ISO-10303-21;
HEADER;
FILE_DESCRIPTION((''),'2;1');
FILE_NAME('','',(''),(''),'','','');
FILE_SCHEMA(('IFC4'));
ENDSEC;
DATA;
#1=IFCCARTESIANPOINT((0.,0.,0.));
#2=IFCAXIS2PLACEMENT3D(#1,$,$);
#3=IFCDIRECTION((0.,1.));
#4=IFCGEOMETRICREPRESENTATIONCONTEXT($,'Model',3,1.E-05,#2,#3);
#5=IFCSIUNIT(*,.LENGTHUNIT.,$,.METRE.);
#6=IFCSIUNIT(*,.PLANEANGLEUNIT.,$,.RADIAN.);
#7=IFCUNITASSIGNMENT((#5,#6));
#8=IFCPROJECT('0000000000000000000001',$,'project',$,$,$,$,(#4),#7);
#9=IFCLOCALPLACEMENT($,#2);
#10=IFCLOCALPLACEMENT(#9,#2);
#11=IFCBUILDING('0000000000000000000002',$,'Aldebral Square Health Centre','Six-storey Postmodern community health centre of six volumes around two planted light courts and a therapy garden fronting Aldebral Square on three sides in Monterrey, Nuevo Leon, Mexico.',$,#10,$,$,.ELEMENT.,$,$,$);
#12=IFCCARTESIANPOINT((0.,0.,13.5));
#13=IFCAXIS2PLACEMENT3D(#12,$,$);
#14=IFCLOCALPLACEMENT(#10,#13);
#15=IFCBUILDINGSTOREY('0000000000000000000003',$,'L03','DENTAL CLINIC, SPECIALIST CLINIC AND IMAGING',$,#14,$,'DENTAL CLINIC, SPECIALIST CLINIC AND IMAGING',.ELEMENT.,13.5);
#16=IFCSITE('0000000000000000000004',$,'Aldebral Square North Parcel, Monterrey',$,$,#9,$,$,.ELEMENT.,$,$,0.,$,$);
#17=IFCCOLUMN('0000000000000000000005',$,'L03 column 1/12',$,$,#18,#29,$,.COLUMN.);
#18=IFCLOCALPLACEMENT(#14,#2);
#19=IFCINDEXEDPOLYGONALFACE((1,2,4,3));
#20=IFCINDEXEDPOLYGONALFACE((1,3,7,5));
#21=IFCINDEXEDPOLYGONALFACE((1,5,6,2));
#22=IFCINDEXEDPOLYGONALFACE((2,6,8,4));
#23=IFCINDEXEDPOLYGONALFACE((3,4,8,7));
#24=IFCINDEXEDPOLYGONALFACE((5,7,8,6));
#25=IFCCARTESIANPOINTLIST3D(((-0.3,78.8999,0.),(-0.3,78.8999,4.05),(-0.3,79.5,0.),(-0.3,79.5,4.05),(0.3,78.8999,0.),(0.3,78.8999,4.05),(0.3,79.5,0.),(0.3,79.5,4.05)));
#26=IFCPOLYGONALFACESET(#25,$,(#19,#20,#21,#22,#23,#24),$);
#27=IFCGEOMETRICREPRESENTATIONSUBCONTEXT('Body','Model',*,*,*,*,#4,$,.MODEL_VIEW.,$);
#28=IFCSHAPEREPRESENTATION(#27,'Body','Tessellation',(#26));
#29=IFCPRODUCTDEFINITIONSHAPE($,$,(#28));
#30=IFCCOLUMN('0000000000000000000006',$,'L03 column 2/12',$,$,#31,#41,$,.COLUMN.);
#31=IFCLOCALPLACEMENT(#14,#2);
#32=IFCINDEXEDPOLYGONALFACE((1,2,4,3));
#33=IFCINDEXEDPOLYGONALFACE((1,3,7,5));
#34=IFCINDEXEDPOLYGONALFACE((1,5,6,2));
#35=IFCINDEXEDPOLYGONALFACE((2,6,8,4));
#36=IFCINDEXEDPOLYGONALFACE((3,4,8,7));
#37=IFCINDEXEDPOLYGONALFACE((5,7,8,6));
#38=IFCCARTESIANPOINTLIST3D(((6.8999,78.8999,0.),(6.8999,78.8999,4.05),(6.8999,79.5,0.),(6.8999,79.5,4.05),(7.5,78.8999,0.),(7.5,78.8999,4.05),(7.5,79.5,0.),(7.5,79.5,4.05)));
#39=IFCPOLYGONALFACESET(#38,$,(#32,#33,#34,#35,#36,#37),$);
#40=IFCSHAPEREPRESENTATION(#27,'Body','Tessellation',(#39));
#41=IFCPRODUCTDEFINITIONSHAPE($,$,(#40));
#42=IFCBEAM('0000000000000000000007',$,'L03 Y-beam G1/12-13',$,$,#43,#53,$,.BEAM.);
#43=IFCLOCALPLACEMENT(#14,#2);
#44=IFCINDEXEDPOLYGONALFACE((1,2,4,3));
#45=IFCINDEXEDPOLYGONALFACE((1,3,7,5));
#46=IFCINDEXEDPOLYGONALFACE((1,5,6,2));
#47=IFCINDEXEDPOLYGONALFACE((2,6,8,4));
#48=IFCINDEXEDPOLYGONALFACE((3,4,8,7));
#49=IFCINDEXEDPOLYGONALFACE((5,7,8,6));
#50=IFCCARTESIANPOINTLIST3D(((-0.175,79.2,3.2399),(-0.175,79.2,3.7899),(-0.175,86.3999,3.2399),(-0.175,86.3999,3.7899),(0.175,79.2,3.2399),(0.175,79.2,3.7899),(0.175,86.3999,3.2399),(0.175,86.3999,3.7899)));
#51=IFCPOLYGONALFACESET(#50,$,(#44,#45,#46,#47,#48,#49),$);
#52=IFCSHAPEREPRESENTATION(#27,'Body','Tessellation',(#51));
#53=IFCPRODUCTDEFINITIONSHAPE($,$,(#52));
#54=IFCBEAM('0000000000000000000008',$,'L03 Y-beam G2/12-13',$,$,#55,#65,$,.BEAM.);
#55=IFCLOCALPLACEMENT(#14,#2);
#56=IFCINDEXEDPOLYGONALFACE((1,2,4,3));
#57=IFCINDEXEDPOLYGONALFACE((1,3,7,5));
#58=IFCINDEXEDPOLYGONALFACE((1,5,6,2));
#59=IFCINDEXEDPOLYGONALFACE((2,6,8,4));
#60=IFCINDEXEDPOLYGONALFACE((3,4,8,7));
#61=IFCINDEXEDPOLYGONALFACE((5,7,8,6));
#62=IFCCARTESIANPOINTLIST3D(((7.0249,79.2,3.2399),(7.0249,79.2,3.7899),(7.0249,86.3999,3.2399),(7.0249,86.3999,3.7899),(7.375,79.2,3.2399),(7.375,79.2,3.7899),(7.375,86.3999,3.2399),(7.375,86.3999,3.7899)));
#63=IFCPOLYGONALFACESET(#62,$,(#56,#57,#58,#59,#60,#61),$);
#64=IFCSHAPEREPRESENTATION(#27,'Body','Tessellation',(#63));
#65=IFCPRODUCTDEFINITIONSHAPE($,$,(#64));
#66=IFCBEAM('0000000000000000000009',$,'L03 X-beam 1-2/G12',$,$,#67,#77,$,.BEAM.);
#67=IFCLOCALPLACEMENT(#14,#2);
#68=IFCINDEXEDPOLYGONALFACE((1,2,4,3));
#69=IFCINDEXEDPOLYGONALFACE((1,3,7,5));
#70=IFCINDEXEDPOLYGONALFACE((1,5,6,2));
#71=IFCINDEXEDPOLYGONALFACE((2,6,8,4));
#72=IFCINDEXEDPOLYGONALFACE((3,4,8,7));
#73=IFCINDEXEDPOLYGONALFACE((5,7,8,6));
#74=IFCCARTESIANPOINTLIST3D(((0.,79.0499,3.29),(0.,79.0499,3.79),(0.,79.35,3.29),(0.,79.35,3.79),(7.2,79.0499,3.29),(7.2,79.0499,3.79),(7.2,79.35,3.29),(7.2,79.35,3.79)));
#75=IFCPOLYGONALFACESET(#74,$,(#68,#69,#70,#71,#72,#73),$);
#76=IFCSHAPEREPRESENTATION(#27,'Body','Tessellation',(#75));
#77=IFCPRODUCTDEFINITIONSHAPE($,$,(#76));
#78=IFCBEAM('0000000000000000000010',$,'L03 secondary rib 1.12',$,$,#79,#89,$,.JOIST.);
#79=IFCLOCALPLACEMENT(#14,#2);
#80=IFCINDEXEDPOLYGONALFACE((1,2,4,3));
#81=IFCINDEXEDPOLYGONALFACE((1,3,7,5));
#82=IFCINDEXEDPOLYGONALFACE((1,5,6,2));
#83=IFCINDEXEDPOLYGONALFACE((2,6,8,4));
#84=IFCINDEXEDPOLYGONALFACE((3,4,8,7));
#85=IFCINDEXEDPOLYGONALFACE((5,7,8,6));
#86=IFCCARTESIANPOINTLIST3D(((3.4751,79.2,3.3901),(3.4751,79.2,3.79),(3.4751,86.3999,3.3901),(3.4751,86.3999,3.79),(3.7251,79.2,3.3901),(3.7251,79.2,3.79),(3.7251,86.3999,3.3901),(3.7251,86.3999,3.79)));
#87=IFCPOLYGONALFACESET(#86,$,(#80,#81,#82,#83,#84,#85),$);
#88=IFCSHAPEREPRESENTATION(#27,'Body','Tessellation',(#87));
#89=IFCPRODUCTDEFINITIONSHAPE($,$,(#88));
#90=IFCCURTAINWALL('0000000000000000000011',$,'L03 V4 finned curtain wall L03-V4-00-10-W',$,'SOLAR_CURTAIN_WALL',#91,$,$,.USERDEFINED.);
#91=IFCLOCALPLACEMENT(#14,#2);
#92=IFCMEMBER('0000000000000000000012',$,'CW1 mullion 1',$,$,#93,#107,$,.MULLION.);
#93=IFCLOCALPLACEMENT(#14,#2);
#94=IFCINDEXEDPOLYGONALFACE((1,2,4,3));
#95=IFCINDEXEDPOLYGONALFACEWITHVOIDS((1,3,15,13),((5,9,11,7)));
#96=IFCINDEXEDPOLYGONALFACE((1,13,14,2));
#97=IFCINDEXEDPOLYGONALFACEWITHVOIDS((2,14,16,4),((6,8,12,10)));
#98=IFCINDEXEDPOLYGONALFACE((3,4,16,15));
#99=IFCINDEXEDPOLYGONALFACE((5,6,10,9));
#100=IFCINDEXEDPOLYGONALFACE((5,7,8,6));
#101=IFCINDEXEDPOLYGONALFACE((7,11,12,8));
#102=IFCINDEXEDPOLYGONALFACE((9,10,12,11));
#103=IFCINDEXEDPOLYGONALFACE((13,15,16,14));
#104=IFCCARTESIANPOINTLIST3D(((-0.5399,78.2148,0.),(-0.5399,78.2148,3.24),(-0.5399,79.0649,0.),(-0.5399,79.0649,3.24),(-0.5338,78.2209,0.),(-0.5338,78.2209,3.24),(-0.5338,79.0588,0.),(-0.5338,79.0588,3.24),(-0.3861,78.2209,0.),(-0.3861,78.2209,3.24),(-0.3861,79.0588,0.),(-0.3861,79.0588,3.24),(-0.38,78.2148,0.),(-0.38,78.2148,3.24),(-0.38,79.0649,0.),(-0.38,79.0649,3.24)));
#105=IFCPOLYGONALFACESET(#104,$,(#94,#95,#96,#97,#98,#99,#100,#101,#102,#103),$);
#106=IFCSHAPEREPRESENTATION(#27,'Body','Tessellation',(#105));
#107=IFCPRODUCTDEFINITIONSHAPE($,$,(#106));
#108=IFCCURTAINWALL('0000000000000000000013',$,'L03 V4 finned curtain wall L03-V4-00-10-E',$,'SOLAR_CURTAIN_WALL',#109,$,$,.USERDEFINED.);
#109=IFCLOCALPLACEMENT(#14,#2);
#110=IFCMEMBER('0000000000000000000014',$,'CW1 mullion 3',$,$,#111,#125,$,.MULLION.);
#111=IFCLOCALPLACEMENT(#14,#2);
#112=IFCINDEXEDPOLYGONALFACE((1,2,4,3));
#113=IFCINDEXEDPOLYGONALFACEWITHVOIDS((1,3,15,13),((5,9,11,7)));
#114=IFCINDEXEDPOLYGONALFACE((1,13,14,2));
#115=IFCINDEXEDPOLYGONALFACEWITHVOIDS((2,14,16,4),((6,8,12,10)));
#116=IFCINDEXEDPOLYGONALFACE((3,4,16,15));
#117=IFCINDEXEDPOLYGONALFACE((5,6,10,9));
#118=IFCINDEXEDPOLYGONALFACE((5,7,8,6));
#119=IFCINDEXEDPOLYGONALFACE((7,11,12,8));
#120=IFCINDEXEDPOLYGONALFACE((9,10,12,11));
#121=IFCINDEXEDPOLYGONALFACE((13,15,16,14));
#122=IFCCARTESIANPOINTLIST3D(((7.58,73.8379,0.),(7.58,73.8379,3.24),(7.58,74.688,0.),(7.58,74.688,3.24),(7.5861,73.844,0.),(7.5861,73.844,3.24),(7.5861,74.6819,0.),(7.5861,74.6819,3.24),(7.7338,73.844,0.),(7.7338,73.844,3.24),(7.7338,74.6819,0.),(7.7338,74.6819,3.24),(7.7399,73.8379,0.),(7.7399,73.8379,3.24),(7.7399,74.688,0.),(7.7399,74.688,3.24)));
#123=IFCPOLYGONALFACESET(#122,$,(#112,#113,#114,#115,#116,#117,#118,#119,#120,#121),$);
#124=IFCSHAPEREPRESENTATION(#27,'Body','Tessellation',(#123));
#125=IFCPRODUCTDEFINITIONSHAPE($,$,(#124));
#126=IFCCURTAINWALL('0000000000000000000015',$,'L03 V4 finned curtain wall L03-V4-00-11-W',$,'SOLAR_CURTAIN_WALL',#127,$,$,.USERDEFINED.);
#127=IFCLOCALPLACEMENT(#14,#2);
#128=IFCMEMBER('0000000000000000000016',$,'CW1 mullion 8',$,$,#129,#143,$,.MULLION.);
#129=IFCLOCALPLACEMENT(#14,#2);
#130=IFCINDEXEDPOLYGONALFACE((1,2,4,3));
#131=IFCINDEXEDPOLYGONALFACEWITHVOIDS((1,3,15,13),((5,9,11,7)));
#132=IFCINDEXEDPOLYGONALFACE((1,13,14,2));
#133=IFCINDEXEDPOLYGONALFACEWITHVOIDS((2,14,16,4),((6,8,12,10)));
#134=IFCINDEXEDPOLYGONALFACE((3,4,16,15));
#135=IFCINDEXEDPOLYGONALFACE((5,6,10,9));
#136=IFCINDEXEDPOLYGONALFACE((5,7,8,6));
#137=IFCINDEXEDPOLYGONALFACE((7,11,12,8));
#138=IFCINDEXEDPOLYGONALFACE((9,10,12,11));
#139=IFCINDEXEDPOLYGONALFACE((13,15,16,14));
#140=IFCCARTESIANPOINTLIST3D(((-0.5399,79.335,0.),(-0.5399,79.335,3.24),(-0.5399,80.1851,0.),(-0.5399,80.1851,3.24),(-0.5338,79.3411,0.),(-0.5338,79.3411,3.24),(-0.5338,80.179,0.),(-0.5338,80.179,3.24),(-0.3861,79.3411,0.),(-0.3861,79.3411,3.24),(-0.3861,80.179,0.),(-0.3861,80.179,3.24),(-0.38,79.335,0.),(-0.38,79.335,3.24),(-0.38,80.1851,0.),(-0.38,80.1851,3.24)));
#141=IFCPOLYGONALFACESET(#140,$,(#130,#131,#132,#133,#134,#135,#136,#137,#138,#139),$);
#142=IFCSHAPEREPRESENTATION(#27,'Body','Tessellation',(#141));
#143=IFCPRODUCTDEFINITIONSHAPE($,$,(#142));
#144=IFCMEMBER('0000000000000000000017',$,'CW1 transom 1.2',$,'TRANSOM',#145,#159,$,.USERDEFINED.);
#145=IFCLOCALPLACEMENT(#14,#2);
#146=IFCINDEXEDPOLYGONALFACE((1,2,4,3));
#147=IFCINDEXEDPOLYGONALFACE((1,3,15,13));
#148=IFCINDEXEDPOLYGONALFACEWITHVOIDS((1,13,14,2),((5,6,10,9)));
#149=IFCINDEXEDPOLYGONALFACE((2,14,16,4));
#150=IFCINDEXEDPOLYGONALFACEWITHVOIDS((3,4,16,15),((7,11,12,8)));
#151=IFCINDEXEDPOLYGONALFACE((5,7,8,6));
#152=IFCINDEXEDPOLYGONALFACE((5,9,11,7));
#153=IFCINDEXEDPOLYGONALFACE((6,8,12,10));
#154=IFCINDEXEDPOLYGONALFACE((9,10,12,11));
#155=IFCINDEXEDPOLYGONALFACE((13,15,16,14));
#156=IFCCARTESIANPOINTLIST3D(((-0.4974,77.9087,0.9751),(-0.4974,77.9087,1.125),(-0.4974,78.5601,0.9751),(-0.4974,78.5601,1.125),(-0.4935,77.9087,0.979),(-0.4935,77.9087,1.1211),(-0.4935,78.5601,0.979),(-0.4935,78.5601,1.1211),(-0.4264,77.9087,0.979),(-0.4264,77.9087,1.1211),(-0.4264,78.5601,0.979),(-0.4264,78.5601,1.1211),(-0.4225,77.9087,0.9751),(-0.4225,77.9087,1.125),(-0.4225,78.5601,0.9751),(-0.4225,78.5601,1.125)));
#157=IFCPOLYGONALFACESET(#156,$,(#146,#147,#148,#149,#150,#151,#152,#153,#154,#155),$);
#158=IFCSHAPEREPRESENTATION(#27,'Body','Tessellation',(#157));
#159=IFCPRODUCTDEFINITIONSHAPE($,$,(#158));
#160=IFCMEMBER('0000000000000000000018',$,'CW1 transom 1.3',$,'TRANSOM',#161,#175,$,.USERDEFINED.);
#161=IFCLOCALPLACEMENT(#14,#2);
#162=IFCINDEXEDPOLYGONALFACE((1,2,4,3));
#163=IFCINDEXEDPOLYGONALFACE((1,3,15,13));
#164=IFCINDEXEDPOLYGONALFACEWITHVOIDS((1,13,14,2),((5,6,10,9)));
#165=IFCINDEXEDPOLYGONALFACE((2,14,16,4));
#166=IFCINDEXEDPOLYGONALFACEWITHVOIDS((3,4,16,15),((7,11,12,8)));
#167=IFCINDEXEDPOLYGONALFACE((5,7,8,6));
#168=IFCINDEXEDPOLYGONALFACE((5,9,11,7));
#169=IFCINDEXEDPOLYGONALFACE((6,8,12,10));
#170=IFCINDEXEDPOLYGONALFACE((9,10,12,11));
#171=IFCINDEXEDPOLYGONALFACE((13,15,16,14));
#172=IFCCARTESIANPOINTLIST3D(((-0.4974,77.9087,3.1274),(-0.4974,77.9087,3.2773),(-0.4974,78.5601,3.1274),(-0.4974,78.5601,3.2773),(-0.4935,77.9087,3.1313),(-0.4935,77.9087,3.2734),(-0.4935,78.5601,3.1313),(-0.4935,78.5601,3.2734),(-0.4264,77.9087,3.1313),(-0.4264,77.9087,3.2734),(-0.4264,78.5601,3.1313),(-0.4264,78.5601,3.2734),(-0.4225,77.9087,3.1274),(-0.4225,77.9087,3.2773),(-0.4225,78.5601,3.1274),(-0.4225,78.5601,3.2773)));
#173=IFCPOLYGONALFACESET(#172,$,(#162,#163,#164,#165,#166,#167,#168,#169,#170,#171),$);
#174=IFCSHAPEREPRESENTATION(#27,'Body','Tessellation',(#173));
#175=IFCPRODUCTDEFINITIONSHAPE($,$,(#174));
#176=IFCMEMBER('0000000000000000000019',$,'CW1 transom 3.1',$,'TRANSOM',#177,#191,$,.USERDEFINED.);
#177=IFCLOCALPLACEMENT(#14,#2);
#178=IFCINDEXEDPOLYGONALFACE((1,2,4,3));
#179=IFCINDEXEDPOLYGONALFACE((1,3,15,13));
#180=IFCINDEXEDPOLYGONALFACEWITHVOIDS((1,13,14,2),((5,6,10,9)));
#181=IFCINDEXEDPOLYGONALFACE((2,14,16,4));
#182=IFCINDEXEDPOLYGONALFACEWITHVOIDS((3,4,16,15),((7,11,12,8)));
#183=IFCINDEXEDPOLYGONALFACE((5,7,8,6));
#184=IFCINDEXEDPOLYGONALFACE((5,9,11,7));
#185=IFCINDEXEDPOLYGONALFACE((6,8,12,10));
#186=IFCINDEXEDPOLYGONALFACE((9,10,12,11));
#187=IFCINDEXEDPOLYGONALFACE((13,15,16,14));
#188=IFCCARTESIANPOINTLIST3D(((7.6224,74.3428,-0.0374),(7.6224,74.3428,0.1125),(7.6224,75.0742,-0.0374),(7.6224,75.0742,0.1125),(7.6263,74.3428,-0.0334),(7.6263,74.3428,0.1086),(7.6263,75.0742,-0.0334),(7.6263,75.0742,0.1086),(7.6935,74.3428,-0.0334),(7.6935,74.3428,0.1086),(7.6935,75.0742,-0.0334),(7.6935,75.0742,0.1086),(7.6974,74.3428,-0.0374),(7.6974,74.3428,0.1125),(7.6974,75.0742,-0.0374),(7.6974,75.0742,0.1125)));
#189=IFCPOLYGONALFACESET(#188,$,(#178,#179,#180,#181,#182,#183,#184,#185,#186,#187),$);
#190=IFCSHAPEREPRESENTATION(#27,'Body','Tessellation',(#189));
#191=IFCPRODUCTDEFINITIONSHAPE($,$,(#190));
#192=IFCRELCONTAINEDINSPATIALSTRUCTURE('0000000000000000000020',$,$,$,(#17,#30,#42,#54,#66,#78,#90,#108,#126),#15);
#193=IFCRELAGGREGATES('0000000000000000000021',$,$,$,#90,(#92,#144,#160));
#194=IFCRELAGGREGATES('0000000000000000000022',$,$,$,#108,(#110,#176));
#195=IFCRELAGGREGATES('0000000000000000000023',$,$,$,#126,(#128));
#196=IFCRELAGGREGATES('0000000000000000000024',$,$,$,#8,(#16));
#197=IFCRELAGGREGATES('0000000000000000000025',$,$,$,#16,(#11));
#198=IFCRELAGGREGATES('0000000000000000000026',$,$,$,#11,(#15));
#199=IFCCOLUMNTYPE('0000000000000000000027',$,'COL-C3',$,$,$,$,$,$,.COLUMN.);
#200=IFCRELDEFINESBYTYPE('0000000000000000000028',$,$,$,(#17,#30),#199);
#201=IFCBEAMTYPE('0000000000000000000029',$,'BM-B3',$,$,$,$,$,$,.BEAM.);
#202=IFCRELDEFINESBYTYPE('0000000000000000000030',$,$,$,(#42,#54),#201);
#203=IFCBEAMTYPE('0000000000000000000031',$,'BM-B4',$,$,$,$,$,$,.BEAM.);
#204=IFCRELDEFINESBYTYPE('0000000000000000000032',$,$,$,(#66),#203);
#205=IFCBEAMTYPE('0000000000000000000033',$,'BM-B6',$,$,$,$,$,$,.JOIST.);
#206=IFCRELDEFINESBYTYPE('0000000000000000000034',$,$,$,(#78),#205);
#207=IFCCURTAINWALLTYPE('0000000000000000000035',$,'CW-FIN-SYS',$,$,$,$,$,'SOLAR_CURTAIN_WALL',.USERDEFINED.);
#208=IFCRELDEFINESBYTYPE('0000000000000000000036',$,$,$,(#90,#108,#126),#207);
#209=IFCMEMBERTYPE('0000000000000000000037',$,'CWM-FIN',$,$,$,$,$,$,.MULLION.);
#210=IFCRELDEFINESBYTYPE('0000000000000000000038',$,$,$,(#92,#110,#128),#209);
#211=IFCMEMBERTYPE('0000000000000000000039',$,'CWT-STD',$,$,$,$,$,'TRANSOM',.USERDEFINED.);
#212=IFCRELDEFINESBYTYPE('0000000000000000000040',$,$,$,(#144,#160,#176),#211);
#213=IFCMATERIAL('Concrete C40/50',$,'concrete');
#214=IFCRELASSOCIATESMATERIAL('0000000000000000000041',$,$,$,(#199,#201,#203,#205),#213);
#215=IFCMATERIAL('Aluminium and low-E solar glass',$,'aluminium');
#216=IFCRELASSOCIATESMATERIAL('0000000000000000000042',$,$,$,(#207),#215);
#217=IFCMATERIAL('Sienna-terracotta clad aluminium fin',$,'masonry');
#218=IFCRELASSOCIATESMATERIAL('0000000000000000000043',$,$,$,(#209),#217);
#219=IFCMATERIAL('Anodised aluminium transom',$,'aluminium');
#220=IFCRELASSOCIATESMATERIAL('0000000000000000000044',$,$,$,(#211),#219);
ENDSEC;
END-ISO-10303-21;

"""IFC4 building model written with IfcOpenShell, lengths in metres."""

from ifc_helpers import new_model, si_unit, direction, frame, origin, origin_2d, place, context, subcontext, project, spatial, rectangle, hollow_rectangle, extrude, material, material_profile, profile_set, type_object, element, aggregate, save


model = new_model("IFC4")

# Units and contexts
model_context = context("Model", 3, precision=1e-05, world=origin(), true_north=direction((0.0, 1.0)))
body_context = subcontext(model_context, "Body", "Model", "MODEL_VIEW")
ifc_project = project(units=[si_unit("LENGTHUNIT", "METRE"), si_unit("PLANEANGLEUNIT", "RADIAN")], contexts=[model_context])

# Site, building, storey
site_placement = place(None, origin())
site = spatial("IfcSite", under=ifc_project, at=site_placement, Name="Aldebral Square North Parcel, Monterrey", CompositionType="ELEMENT", RefElevation=0.0)
building_placement = place(site_placement, origin())
building = spatial("IfcBuilding", under=site, at=building_placement, Name="Aldebral Square Health Centre", Description="Six-storey Postmodern community health centre of six volumes around two planted light courts and a therapy garden fronting Aldebral Square on three sides in Monterrey, Nuevo Leon, Mexico.", CompositionType="ELEMENT")
storey_placement = place(building_placement, frame((0.0, 0.0, 13.5)))
storey = spatial("IfcBuildingStorey", under=building, at=storey_placement, Name="L03", Description="DENTAL CLINIC, SPECIALIST CLINIC AND IMAGING", LongName="DENTAL CLINIC, SPECIALIST CLINIC AND IMAGING", CompositionType="ELEMENT", Elevation=13.5)

# Columns
ifc_material_1 = material(Name="Concrete C40/50", Category="concrete")
ifc_material_profile_1 = material_profile(ifc_material_1, rectangle(XDim=0.6001, YDim=0.6001, at=origin_2d()), Name="RC 600x600")
ifc_profile_set_1 = profile_set([ifc_material_profile_1], Name="Concrete C40/50")
column_type = type_object("IfcColumnType", Name="COL-C3", PredefinedType="COLUMN", material=ifc_profile_set_1)
for number, where, z_axis, x_axis, name in (
    (1, (0.0, 79.2, 0.0), (0.0, 0.0, 1.0), (1.0, 0.0, 0.0), "L03 column 1/12"),
    (2, (7.2, 79.2, 0.0), (0.0, 0.0, 1.0), (1.0, 0.0, 0.0), "L03 column 2/12"),
):
    element("IfcColumn", number, at=place(storey_placement, frame(where, z_axis=z_axis, x_axis=x_axis)), inside=storey, type_object=column_type, Name=name, PredefinedType="COLUMN", context=body_context, shape_type="SweptSolid", body=[
        extrude(rectangle(XDim=0.6001, YDim=0.6001, at=origin_2d()), origin(), (0.0, 0.0, 1.0), 4.05),
    ])

# Beams
ifc_material_profile_2 = material_profile(ifc_material_1, rectangle(XDim=0.3501, YDim=0.55, at=origin_2d()), Name="RC 350x550")
ifc_profile_set_2 = profile_set([ifc_material_profile_2], Name="Concrete C40/50")
beam_type_1 = type_object("IfcBeamType", Name="BM-B3", PredefinedType="BEAM", material=ifc_profile_set_2)
for number, where, z_axis, x_axis, name in (
    (3, (0.0, 79.2, 3.5149), (0.0, 1.0, 0.0), (-1.0, 0.0, 0.0), "L03 Y-beam G1/12-13"),
    (4, (7.2, 79.2, 3.5149), (0.0, 1.0, 0.0), (-1.0, 0.0, 0.0), "L03 Y-beam G2/12-13"),
):
    element("IfcBeam", number, at=place(storey_placement, frame(where, z_axis=z_axis, x_axis=x_axis)), inside=storey, type_object=beam_type_1, Name=name, PredefinedType="BEAM", context=body_context, shape_type="SweptSolid", body=[
        extrude(rectangle(XDim=0.3501, YDim=0.55, at=origin_2d()), origin(), (0.0, 0.0, 1.0), 7.2),
    ])
ifc_material_profile_3 = material_profile(ifc_material_1, rectangle(XDim=0.3, YDim=0.5, at=origin_2d()), Name="RC 300x500")
ifc_profile_set_3 = profile_set([ifc_material_profile_3], Name="Concrete C40/50")
beam_type_2 = type_object("IfcBeamType", Name="BM-B4", PredefinedType="BEAM", material=ifc_profile_set_3)
beam_1_placement = place(storey_placement, frame((0.0, 79.2, 3.54), z_axis=(1.0, 0.0, 0.0), x_axis=(0.0, 1.0, 0.0)))
element("IfcBeam", 5, at=beam_1_placement, inside=storey, type_object=beam_type_2, Name="L03 X-beam 1-2/G12", PredefinedType="BEAM", context=body_context, shape_type="SweptSolid", body=[
    extrude(rectangle(XDim=0.3, YDim=0.5, at=origin_2d()), origin(), (0.0, 0.0, 1.0), 7.2),
])
ifc_material_profile_4 = material_profile(ifc_material_1, rectangle(XDim=0.25, YDim=0.3999, at=origin_2d()), Name="RC 250x400")
ifc_profile_set_4 = profile_set([ifc_material_profile_4], Name="Concrete C40/50")
beam_type_3 = type_object("IfcBeamType", Name="BM-B6", PredefinedType="JOIST", material=ifc_profile_set_4)
beam_2_placement = place(storey_placement, frame((3.6001, 79.2, 3.5901), z_axis=(0.0, 1.0, 0.0), x_axis=(-1.0, 0.0, 0.0)))
element("IfcBeam", 6, at=beam_2_placement, inside=storey, type_object=beam_type_3, Name="L03 secondary rib 1.12", PredefinedType="JOIST", context=body_context, shape_type="SweptSolid", body=[
    extrude(rectangle(XDim=0.25, YDim=0.3999, at=origin_2d()), origin(), (0.0, 0.0, 1.0), 7.2),
])

# Curtain walls, members
ifc_material_2 = material(Name="Aluminium and low-E solar glass", Category="aluminium")
curtain_wall_type = type_object("IfcCurtainWallType", Name="CW-FIN-SYS", ElementType="SOLAR_CURTAIN_WALL", PredefinedType="USERDEFINED", material=ifc_material_2)
curtain_wall_1_placement = place(storey_placement, origin())
curtain_wall_1 = element("IfcCurtainWall", 7, at=curtain_wall_1_placement, inside=storey, type_object=curtain_wall_type, Name="L03 V4 finned curtain wall L03-V4-00-10-W", ObjectType="SOLAR_CURTAIN_WALL", PredefinedType="USERDEFINED")
ifc_material_3 = material(Name="Sienna-terracotta clad aluminium fin", Category="masonry")
ifc_material_profile_5 = material_profile(ifc_material_3, hollow_rectangle(XDim=0.1599, YDim=0.8501, WallThickness=0.0061, at=origin_2d()), Name="FIN 160x850x6")
ifc_profile_set_5 = profile_set([ifc_material_profile_5], Name="Sienna-terracotta clad aluminium fin")
member_type_1 = type_object("IfcMemberType", Name="CWM-FIN", PredefinedType="MULLION", material=ifc_profile_set_5)
member_1_placement = place(storey_placement, frame((-0.46, 78.6399, 0.0), z_axis=(0.0, 0.0, 1.0), x_axis=(1.0, 0.0, 0.0)))
member_1 = element("IfcMember", 8, at=member_1_placement, type_object=member_type_1, Name="CW1 mullion 1", PredefinedType="MULLION", context=body_context, shape_type="SweptSolid", body=[
    extrude(hollow_rectangle(XDim=0.1599, YDim=0.8501, WallThickness=0.0061, at=origin_2d()), origin(), (0.0, 0.0, 1.0), 3.24),
])
curtain_wall_2_placement = place(storey_placement, origin())
curtain_wall_2 = element("IfcCurtainWall", 9, at=curtain_wall_2_placement, inside=storey, type_object=curtain_wall_type, Name="L03 V4 finned curtain wall L03-V4-00-10-E", ObjectType="SOLAR_CURTAIN_WALL", PredefinedType="USERDEFINED")
member_2_placement = place(storey_placement, frame((7.6599, 74.2629, 0.0), z_axis=(0.0, 0.0, 1.0), x_axis=(-1.0, 0.0, 0.0)))
member_2 = element("IfcMember", 10, at=member_2_placement, type_object=member_type_1, Name="CW1 mullion 3", PredefinedType="MULLION", context=body_context, shape_type="SweptSolid", body=[
    extrude(hollow_rectangle(XDim=0.1599, YDim=0.8501, WallThickness=0.0061, at=origin_2d()), origin(), (0.0, 0.0, 1.0), 3.24),
])
curtain_wall_3_placement = place(storey_placement, origin())
curtain_wall_3 = element("IfcCurtainWall", 11, at=curtain_wall_3_placement, inside=storey, type_object=curtain_wall_type, Name="L03 V4 finned curtain wall L03-V4-00-11-W", ObjectType="SOLAR_CURTAIN_WALL", PredefinedType="USERDEFINED")
member_3_placement = place(storey_placement, frame((-0.46, 79.76, 0.0), z_axis=(0.0, 0.0, 1.0), x_axis=(1.0, 0.0, 0.0)))
member_3 = element("IfcMember", 12, at=member_3_placement, type_object=member_type_1, Name="CW1 mullion 8", PredefinedType="MULLION", context=body_context, shape_type="SweptSolid", body=[
    extrude(hollow_rectangle(XDim=0.1599, YDim=0.8501, WallThickness=0.0061, at=origin_2d()), origin(), (0.0, 0.0, 1.0), 3.24),
])

# Members
ifc_material_4 = material(Name="Anodised aluminium transom", Category="aluminium")
ifc_material_profile_6 = material_profile(ifc_material_4, hollow_rectangle(XDim=0.075, YDim=0.1499, WallThickness=0.0039, at=origin_2d()), Name="CWT 75x150x4")
ifc_profile_set_6 = profile_set([ifc_material_profile_6], Name="Anodised aluminium transom")
member_type_2 = type_object("IfcMemberType", Name="CWT-STD", ElementType="TRANSOM", PredefinedType="USERDEFINED", material=ifc_profile_set_6)
member_4_placement = place(storey_placement, frame((-0.46, 78.5601, 1.05), z_axis=(0.0, -1.0, 0.0), x_axis=(1.0, 0.0, 0.0)))
member_4 = element("IfcMember", 13, at=member_4_placement, type_object=member_type_2, Name="CW1 transom 1.2", ObjectType="TRANSOM", PredefinedType="USERDEFINED", context=body_context, shape_type="SweptSolid", body=[
    extrude(hollow_rectangle(XDim=0.075, YDim=0.1499, WallThickness=0.0039, at=origin_2d()), origin(), (0.0, 0.0, 1.0), 0.6514),
])
member_5_placement = place(storey_placement, frame((-0.46, 78.5601, 3.2024), z_axis=(0.0, -1.0, 0.0), x_axis=(1.0, 0.0, 0.0)))
member_5 = element("IfcMember", 14, at=member_5_placement, type_object=member_type_2, Name="CW1 transom 1.3", ObjectType="TRANSOM", PredefinedType="USERDEFINED", context=body_context, shape_type="SweptSolid", body=[
    extrude(hollow_rectangle(XDim=0.075, YDim=0.1499, WallThickness=0.0039, at=origin_2d()), origin(), (0.0, 0.0, 1.0), 0.6514),
])
aggregate(curtain_wall_1, [member_1, member_4, member_5])
member_6_placement = place(storey_placement, frame((7.6599, 74.3428, 0.0376), z_axis=(0.0, 1.0, 0.0), x_axis=(-1.0, 0.0, 0.0)))
member_6 = element("IfcMember", 15, at=member_6_placement, type_object=member_type_2, Name="CW1 transom 3.1", ObjectType="TRANSOM", PredefinedType="USERDEFINED", context=body_context, shape_type="SweptSolid", body=[
    extrude(hollow_rectangle(XDim=0.075, YDim=0.1499, WallThickness=0.0039, at=origin_2d()), origin(), (0.0, 0.0, 1.0), 0.7314),
])
aggregate(curtain_wall_2, [member_2, member_6])

aggregate(curtain_wall_3, [member_3])

save(model, "model.ifc")
